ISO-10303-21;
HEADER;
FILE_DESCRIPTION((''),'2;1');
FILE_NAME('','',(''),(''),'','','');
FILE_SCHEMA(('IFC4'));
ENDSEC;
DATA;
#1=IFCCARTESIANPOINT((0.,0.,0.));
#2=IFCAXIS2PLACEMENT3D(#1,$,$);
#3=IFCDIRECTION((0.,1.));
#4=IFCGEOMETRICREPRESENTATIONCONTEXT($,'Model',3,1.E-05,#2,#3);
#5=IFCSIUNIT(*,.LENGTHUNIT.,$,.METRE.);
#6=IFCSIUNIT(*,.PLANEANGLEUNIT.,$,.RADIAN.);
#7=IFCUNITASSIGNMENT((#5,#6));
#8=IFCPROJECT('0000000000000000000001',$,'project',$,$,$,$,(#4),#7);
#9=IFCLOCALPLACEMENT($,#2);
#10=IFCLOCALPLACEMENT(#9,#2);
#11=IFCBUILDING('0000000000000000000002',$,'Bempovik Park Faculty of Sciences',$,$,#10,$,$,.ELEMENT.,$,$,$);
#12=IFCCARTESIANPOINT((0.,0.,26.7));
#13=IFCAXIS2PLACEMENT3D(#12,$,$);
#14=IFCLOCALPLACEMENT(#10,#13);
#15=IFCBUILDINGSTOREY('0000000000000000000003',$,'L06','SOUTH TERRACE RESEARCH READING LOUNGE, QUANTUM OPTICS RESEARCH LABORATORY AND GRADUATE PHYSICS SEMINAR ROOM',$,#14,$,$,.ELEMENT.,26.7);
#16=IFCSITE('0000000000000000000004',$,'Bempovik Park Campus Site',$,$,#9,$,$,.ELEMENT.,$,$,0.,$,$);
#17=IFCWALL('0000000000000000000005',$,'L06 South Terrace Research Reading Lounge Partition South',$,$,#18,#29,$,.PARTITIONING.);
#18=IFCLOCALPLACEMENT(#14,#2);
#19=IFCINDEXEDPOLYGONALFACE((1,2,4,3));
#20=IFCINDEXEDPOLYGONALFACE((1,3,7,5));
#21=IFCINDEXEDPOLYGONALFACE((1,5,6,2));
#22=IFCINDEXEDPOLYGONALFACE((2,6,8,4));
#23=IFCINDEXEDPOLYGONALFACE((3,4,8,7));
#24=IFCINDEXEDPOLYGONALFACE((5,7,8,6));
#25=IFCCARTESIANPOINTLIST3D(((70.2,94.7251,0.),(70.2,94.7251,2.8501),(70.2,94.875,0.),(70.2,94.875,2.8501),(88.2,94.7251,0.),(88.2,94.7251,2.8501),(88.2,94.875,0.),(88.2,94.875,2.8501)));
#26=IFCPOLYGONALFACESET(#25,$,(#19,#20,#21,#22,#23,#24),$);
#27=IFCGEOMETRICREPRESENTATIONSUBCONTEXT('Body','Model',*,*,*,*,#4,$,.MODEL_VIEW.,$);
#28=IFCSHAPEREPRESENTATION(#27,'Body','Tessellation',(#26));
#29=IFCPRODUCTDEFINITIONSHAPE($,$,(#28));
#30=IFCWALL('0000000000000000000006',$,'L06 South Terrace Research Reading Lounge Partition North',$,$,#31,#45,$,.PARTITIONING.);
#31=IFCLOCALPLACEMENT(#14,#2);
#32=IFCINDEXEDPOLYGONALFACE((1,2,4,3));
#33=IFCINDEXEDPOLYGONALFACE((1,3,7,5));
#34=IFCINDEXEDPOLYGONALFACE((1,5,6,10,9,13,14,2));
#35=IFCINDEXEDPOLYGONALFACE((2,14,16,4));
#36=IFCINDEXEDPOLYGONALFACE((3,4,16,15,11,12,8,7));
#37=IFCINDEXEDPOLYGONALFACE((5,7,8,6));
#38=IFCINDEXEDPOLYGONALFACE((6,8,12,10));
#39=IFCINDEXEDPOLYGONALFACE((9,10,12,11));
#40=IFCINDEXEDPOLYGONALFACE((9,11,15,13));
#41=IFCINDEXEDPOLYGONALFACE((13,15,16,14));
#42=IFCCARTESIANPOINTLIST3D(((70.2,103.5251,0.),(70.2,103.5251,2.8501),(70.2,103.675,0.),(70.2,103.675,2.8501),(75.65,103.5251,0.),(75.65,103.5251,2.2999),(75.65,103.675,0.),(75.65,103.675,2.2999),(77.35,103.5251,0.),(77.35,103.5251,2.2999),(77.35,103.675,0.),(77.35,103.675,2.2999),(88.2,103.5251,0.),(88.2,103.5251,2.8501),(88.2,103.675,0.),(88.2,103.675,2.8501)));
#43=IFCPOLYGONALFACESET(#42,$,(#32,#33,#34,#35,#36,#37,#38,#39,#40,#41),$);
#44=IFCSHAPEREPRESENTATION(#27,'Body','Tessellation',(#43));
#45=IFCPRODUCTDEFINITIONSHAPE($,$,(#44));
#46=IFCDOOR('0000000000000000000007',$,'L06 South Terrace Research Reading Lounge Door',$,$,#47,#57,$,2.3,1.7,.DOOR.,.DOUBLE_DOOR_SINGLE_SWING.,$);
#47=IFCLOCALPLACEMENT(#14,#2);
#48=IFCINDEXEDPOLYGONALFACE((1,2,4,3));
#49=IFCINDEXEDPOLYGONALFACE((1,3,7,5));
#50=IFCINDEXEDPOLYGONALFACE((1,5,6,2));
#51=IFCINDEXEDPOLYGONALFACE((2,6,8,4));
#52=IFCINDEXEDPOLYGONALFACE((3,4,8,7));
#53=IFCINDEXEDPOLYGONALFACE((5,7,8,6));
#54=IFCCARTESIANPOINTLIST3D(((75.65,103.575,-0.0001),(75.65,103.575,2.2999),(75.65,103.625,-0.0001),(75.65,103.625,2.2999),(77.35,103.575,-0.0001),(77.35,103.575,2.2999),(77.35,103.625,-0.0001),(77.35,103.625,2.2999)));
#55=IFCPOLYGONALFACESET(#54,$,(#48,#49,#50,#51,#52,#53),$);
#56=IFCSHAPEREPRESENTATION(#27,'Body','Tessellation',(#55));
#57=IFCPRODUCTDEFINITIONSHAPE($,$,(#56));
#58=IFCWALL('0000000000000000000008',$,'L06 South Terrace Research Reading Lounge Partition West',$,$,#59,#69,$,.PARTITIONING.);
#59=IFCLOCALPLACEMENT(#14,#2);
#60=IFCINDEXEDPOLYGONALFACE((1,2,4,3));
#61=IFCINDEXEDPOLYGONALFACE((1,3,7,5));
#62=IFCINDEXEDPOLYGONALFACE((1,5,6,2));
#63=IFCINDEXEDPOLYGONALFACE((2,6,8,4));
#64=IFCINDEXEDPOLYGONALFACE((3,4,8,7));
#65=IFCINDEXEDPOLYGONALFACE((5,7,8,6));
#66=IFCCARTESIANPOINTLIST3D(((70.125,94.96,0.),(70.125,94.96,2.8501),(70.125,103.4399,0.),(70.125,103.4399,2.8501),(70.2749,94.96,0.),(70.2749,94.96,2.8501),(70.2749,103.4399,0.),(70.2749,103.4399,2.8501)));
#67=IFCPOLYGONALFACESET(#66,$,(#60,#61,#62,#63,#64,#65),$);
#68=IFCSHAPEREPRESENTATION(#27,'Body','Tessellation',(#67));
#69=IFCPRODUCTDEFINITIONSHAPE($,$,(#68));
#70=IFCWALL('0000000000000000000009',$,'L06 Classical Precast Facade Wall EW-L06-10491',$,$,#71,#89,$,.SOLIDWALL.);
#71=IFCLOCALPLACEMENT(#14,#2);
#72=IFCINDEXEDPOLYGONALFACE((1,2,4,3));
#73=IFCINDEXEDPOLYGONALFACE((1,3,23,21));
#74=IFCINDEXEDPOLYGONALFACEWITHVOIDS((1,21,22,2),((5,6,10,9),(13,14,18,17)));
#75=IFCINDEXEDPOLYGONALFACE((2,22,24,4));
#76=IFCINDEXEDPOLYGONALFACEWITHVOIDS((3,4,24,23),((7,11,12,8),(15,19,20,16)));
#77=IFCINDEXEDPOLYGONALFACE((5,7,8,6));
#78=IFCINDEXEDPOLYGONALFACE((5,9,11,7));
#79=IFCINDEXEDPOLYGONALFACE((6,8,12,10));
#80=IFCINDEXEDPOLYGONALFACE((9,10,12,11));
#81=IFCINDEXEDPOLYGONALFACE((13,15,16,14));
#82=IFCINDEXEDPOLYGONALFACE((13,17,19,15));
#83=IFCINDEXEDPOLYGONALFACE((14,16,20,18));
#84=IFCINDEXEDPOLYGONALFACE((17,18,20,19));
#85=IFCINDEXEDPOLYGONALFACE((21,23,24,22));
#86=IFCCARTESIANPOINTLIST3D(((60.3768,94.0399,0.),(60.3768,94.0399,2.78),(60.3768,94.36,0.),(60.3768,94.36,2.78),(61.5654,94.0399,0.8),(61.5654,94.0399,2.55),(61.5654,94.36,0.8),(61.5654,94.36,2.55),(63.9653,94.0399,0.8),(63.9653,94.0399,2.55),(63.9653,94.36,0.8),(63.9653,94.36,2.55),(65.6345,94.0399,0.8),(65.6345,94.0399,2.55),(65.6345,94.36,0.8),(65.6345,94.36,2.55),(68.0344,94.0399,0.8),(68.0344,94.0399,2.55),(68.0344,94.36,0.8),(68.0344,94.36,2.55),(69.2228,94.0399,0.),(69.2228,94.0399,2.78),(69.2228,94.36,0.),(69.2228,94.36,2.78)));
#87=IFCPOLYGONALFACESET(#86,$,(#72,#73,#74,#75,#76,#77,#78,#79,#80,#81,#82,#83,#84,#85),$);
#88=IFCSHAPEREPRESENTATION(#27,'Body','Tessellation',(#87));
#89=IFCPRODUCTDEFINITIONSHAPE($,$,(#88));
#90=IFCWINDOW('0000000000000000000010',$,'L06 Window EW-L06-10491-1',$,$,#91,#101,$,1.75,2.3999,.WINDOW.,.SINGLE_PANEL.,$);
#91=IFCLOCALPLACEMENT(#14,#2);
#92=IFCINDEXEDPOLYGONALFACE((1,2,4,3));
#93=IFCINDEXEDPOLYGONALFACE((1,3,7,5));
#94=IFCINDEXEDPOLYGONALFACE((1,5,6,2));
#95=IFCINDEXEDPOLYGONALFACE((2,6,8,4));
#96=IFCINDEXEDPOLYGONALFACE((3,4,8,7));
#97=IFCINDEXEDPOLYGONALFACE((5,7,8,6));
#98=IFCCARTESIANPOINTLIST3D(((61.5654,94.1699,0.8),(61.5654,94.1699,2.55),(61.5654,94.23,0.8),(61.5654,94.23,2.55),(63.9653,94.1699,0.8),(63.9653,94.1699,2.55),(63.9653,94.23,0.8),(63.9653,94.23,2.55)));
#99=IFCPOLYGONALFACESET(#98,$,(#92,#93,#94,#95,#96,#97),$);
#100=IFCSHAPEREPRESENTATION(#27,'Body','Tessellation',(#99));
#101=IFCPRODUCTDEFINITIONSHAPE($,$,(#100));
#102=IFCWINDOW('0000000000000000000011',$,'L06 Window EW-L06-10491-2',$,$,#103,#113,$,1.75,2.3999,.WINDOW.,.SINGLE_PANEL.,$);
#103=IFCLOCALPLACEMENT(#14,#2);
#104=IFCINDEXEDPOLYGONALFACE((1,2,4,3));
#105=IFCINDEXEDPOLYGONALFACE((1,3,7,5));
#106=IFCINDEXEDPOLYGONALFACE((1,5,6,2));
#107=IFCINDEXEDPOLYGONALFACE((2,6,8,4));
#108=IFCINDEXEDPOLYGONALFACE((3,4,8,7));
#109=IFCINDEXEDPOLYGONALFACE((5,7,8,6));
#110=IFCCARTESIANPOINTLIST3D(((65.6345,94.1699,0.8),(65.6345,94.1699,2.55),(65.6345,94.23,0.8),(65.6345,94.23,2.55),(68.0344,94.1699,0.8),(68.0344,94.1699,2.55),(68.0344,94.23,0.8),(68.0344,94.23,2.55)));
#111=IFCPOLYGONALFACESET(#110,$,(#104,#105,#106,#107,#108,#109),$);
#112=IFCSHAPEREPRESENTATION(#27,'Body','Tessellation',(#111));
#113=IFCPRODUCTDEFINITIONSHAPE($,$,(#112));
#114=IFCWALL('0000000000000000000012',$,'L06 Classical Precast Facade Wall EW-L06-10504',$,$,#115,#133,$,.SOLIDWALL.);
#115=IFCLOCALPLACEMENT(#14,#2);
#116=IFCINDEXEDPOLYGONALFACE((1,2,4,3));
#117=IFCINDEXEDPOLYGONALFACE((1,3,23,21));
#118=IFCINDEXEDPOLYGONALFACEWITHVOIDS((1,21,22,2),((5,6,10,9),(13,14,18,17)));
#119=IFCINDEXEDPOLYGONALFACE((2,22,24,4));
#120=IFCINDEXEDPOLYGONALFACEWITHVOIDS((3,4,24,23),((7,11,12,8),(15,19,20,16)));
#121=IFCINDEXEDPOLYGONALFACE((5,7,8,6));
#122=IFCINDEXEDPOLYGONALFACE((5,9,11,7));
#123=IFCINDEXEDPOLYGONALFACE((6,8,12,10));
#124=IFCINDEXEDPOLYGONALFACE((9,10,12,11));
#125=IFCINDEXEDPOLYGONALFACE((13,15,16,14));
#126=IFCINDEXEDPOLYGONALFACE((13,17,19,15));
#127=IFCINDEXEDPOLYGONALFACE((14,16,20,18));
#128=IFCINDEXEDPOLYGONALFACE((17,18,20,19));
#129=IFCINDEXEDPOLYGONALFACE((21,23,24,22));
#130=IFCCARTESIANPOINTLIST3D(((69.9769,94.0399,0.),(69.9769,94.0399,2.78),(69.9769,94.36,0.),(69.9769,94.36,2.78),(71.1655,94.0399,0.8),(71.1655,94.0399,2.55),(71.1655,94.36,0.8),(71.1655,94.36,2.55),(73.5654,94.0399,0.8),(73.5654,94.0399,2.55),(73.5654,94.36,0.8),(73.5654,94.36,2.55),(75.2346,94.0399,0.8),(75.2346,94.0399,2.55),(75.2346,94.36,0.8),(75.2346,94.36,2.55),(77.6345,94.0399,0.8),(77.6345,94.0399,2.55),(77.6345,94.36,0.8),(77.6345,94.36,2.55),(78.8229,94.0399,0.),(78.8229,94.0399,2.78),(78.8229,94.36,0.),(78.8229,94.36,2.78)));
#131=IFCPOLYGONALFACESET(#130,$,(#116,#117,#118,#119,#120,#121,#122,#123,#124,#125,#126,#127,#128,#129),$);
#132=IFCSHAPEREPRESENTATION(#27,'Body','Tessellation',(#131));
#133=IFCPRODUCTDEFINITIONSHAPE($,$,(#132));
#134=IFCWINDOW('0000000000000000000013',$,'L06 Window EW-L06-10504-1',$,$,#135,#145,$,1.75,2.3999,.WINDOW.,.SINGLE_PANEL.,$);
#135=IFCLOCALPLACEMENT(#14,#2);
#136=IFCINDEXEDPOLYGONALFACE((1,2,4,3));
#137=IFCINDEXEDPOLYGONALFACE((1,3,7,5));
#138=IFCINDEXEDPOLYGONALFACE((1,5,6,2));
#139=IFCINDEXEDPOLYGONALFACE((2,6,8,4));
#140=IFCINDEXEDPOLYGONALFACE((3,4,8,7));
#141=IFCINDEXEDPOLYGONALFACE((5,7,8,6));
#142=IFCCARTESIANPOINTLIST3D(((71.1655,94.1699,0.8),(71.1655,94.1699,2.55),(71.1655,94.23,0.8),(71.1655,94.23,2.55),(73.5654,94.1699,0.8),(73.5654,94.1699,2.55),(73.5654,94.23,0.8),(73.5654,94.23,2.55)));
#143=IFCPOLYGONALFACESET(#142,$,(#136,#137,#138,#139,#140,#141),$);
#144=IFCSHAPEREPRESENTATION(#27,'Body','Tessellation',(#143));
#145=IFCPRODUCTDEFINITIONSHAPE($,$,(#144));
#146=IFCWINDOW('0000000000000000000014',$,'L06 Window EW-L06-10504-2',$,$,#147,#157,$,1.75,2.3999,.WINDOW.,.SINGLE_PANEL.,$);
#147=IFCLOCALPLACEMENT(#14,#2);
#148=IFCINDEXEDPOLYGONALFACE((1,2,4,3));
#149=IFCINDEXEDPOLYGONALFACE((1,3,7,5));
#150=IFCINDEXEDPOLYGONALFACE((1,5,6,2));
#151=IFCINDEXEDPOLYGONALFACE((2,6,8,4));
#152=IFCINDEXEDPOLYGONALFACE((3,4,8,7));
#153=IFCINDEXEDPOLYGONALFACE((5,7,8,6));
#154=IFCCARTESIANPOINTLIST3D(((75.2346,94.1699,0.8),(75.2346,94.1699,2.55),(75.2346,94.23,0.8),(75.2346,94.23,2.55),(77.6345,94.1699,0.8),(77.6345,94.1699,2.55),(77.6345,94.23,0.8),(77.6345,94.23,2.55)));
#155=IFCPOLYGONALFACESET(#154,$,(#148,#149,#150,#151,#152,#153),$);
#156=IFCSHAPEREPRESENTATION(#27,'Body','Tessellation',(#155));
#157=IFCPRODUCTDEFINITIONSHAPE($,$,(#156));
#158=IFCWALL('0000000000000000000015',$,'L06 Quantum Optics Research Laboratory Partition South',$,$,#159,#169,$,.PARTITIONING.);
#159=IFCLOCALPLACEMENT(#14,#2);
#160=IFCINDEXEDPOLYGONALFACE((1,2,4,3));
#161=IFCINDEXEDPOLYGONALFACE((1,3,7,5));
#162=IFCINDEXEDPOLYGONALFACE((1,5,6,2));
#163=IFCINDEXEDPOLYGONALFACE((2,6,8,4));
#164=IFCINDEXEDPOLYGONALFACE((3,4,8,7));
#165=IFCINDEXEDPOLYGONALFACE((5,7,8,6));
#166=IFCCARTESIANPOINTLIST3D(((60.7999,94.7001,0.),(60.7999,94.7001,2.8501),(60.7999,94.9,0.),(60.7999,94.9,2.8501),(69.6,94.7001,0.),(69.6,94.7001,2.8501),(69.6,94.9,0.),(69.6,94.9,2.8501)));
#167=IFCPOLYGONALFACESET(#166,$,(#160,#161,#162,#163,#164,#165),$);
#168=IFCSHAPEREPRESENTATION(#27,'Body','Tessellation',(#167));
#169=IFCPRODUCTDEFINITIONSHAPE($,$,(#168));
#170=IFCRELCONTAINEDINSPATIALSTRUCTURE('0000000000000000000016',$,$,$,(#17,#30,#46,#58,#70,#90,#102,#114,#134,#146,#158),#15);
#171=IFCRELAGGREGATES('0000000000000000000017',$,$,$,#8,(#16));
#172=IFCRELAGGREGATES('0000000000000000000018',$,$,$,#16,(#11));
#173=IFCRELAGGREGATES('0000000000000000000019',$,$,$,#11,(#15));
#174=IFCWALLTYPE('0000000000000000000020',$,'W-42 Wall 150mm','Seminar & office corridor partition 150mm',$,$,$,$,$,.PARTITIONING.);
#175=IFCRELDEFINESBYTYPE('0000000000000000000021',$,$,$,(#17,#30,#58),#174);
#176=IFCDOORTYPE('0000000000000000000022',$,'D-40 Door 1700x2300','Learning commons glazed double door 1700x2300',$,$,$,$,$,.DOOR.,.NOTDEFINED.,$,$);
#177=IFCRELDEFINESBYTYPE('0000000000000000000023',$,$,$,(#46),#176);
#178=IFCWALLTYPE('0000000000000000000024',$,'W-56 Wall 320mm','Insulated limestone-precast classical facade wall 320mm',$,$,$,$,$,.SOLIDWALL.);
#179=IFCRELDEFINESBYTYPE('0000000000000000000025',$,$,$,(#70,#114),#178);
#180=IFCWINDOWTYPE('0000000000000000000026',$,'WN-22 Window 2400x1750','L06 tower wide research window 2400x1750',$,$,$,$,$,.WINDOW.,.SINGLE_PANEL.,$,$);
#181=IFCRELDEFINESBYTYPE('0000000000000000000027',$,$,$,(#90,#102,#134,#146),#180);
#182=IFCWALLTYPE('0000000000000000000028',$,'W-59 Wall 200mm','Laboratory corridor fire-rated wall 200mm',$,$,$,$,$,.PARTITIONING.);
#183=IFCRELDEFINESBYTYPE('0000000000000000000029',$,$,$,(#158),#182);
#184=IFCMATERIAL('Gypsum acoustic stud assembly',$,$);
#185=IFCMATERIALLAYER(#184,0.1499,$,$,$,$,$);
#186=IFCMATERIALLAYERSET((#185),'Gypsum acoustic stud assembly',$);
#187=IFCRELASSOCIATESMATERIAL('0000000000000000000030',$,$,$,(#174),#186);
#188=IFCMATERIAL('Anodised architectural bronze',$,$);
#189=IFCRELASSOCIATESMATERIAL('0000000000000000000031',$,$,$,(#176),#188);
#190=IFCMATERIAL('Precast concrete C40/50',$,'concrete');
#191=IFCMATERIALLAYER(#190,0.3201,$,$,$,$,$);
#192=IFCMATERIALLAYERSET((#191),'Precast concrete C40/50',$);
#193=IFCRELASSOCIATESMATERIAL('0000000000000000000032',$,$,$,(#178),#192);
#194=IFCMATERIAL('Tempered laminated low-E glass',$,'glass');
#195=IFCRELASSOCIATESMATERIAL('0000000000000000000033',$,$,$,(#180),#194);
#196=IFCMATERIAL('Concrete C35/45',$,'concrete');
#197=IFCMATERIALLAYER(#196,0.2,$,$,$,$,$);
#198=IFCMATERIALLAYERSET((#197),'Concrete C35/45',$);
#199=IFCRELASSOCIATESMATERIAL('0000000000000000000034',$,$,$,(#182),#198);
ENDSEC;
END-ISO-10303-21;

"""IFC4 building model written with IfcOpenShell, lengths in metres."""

from ifc_helpers import new_model, si_unit, direction, frame, frame_2d, origin, place, context, subcontext, project, spatial, rectangle, extrude, material, layer, layer_set, type_object, element, fill, save


model = new_model("IFC4")

# Units and contexts
model_context = context("Model", 3, precision=1e-05, world=origin(), true_north=direction((0.0, 1.0)))
body_context = subcontext(model_context, "Body", "Model", "MODEL_VIEW")
ifc_project = project(units=[si_unit("LENGTHUNIT", "METRE"), si_unit("PLANEANGLEUNIT", "RADIAN")], contexts=[model_context])

# Site, building, storey
site_placement = place(None, origin())
site = spatial("IfcSite", under=ifc_project, at=site_placement, Name="Bempovik Park Campus Site", CompositionType="ELEMENT", RefElevation=0.0)
building_placement = place(site_placement, origin())
building = spatial("IfcBuilding", under=site, at=building_placement, Name="Bempovik Park Faculty of Sciences", CompositionType="ELEMENT")
storey_placement = place(building_placement, frame((0.0, 0.0, 26.7)))
storey = spatial("IfcBuildingStorey", under=building, at=storey_placement, Name="L06", Description="SOUTH TERRACE RESEARCH READING LOUNGE, QUANTUM OPTICS RESEARCH LABORATORY AND GRADUATE PHYSICS SEMINAR ROOM", CompositionType="ELEMENT", Elevation=26.7)

# Shared definitions
ifc_material_1 = material(Name="Concrete C35/45", Category="concrete")

# Wall
ifc_material_2 = material(Name="Gypsum acoustic stud assembly")
ifc_layer_1 = layer(ifc_material_2, 0.1499)
ifc_layer_set_1 = layer_set([ifc_layer_1], Name="Gypsum acoustic stud assembly")
wall_type_1 = type_object("IfcWallType", Name="W-42 Wall 150mm", Description="Seminar & office corridor partition 150mm", PredefinedType="PARTITIONING", material=ifc_layer_set_1)
wall_1_placement = place(storey_placement, frame((70.2, 94.8, 0.0), z_axis=(0.0, 0.0, 1.0), x_axis=(1.0, 0.0, 0.0)))
element("IfcWall", 1, at=wall_1_placement, inside=storey, type_object=wall_type_1, Name="L06 South Terrace Research Reading Lounge Partition South", PredefinedType="PARTITIONING", context=body_context, shape_type="SweptSolid", body=[
    extrude(rectangle(XDim=18.0, YDim=0.1499, at=frame_2d((9.0, 0.0))), origin(), (0.0, 0.0, 1.0), 2.8501),
])

# Wall, opening, door
wall_2_placement = place(storey_placement, frame((70.2, 103.6001, 0.0), z_axis=(0.0, 0.0, 1.0), x_axis=(1.0, 0.0, 0.0)))
wall_2 = element("IfcWall", 2, at=wall_2_placement, inside=storey, type_object=wall_type_1, Name="L06 South Terrace Research Reading Lounge Partition North", PredefinedType="PARTITIONING", context=body_context, shape_type="SweptSolid", body=[
    extrude(rectangle(XDim=18.0, YDim=0.1499, at=frame_2d((9.0, 0.0))), origin(), (0.0, 0.0, 1.0), 2.8501),
])
opening_1_placement = place(wall_2_placement, frame((5.45, 0.0, 0.0)))
opening_1 = element("IfcOpeningElement", 3, at=opening_1_placement, cuts=wall_2, PredefinedType="OPENING", context=body_context, shape_type="SweptSolid", body=[
    extrude(rectangle(XDim=1.7, YDim=2.3, at=frame_2d((0.8501, 1.1499))), frame((0.0, 0.085, 0.0), z_axis=(0.0, -1.0, 0.0), x_axis=(1.0, 0.0, 0.0)), (0.0, 0.0, 1.0), 0.1699),
])
ifc_material_3 = material(Name="Anodised architectural bronze")
door_type_1 = type_object("IfcDoorType", Name="D-40 Door 1700x2300", Description="Learning commons glazed double door 1700x2300", OperationType="NOTDEFINED", PredefinedType="DOOR", material=ifc_material_3)
door_1_placement = place(opening_1_placement, origin())
door_1 = element("IfcDoor", 4, at=door_1_placement, inside=storey, type_object=door_type_1, Name="L06 South Terrace Research Reading Lounge Door", OperationType="DOUBLE_DOOR_SINGLE_SWING", OverallHeight=2.3, OverallWidth=1.7, PredefinedType="DOOR", context=body_context, shape_type="SweptSolid", body=[
    extrude(rectangle(XDim=1.7, YDim=2.3, at=frame_2d((0.8501, 1.1499))), frame((0.0, 0.0249, 0.0), z_axis=(0.0, -1.0, 0.0), x_axis=(1.0, 0.0, 0.0)), (0.0, 0.0, 1.0), 0.05),
])
fill(opening_1, door_1)

# Wall
wall_3_placement = place(storey_placement, frame((70.2, 94.96, 0.0), z_axis=(0.0, 0.0, 1.0), x_axis=(0.0, 1.0, 0.0)))
element("IfcWall", 5, at=wall_3_placement, inside=storey, type_object=wall_type_1, Name="L06 South Terrace Research Reading Lounge Partition West", PredefinedType="PARTITIONING", context=body_context, shape_type="SweptSolid", body=[
    extrude(rectangle(XDim=8.48, YDim=0.1499, at=frame_2d((4.24, 0.0))), origin(), (0.0, 0.0, 1.0), 2.8501),
])

# Walls, openings, windows
ifc_material_4 = material(Name="Precast concrete C40/50", Category="concrete")
ifc_layer_2 = layer(ifc_material_4, 0.3201)
ifc_layer_set_2 = layer_set([ifc_layer_2], Name="Precast concrete C40/50")
wall_type_2 = type_object("IfcWallType", Name="W-56 Wall 320mm", Description="Insulated limestone-precast classical facade wall 320mm", PredefinedType="SOLIDWALL", material=ifc_layer_set_2)
wall_4_placement = place(storey_placement, frame((60.377, 94.2, 0.0), z_axis=(0.0, 0.0, 1.0), x_axis=(1.0, 0.0, 0.0)))
wall_4 = element("IfcWall", 6, at=wall_4_placement, inside=storey, type_object=wall_type_2, Name="L06 Classical Precast Facade Wall EW-L06-10491", PredefinedType="SOLIDWALL", context=body_context, shape_type="SweptSolid", body=[
    extrude(rectangle(XDim=8.8459, YDim=0.3201, at=frame_2d((4.4229, 0.0))), origin(), (0.0, 0.0, 1.0), 2.78),
])
opening_2_placement = place(wall_4_placement, frame((1.1885, 0.0, 0.8)))
opening_2 = element("IfcOpeningElement", 7, at=opening_2_placement, cuts=wall_4, PredefinedType="OPENING", context=body_context, shape_type="SweptSolid", body=[
    extrude(rectangle(XDim=2.3999, YDim=1.75, at=frame_2d((1.2, 0.875))), frame((0.0, 0.1699, 0.0), z_axis=(0.0, -1.0, 0.0), x_axis=(1.0, 0.0, 0.0)), (0.0, 0.0, 1.0), 0.3401),
])
opening_3_placement = place(wall_4_placement, frame((5.2576, 0.0, 0.8)))
opening_3 = element("IfcOpeningElement", 8, at=opening_3_placement, cuts=wall_4, PredefinedType="OPENING", context=body_context, shape_type="SweptSolid", body=[
    extrude(rectangle(XDim=2.3999, YDim=1.75, at=frame_2d((1.2, 0.875))), frame((0.0, 0.1699, 0.0), z_axis=(0.0, -1.0, 0.0), x_axis=(1.0, 0.0, 0.0)), (0.0, 0.0, 1.0), 0.3401),
])
ifc_material_5 = material(Name="Tempered laminated low-E glass", Category="glass")
window_type = type_object("IfcWindowType", Name="WN-22 Window 2400x1750", Description="L06 tower wide research window 2400x1750", PartitioningType="SINGLE_PANEL", PredefinedType="WINDOW", material=ifc_material_5)
window_1_placement = place(opening_2_placement, origin())
window_1 = element("IfcWindow", 9, at=window_1_placement, inside=storey, type_object=window_type, Name="L06 Window EW-L06-10491-1", OverallHeight=1.75, OverallWidth=2.3999, PartitioningType="SINGLE_PANEL", PredefinedType="WINDOW", context=body_context, shape_type="SweptSolid", body=[
    extrude(rectangle(XDim=2.3999, YDim=1.75, at=frame_2d((1.2, 0.875))), frame((0.0, 0.03, 0.0), z_axis=(0.0, -1.0, 0.0), x_axis=(1.0, 0.0, 0.0)), (0.0, 0.0, 1.0), 0.0601),
])
fill(opening_2, window_1)
window_2_placement = place(opening_3_placement, origin())
window_2 = element("IfcWindow", 10, at=window_2_placement, inside=storey, type_object=window_type, Name="L06 Window EW-L06-10491-2", OverallHeight=1.75, OverallWidth=2.3999, PartitioningType="SINGLE_PANEL", PredefinedType="WINDOW", context=body_context, shape_type="SweptSolid", body=[
    extrude(rectangle(XDim=2.3999, YDim=1.75, at=frame_2d((1.2, 0.875))), frame((0.0, 0.03, 0.0), z_axis=(0.0, -1.0, 0.0), x_axis=(1.0, 0.0, 0.0)), (0.0, 0.0, 1.0), 0.0601),
])
fill(opening_3, window_2)
wall_5_placement = place(storey_placement, frame((69.9771, 94.2, 0.0), z_axis=(0.0, 0.0, 1.0), x_axis=(1.0, 0.0, 0.0)))
wall_5 = element("IfcWall", 11, at=wall_5_placement, inside=storey, type_object=wall_type_2, Name="L06 Classical Precast Facade Wall EW-L06-10504", PredefinedType="SOLIDWALL", context=body_context, shape_type="SweptSolid", body=[
    extrude(rectangle(XDim=8.8459, YDim=0.3201, at=frame_2d((4.4229, 0.0))), origin(), (0.0, 0.0, 1.0), 2.78),
])
opening_4_placement = place(wall_5_placement, frame((1.1885, 0.0, 0.8)))
opening_4 = element("IfcOpeningElement", 12, at=opening_4_placement, cuts=wall_5, PredefinedType="OPENING", context=body_context, shape_type="SweptSolid", body=[
    extrude(rectangle(XDim=2.3999, YDim=1.75, at=frame_2d((1.2, 0.875))), frame((0.0, 0.1699, 0.0), z_axis=(0.0, -1.0, 0.0), x_axis=(1.0, 0.0, 0.0)), (0.0, 0.0, 1.0), 0.3401),
])
opening_5_placement = place(wall_5_placement, frame((5.2576, 0.0, 0.8)))
opening_5 = element("IfcOpeningElement", 13, at=opening_5_placement, cuts=wall_5, PredefinedType="OPENING", context=body_context, shape_type="SweptSolid", body=[
    extrude(rectangle(XDim=2.3999, YDim=1.75, at=frame_2d((1.2, 0.875))), frame((0.0, 0.1699, 0.0), z_axis=(0.0, -1.0, 0.0), x_axis=(1.0, 0.0, 0.0)), (0.0, 0.0, 1.0), 0.3401),
])
window_3_placement = place(opening_4_placement, origin())
window_3 = element("IfcWindow", 14, at=window_3_placement, inside=storey, type_object=window_type, Name="L06 Window EW-L06-10504-1", OverallHeight=1.75, OverallWidth=2.3999, PartitioningType="SINGLE_PANEL", PredefinedType="WINDOW", context=body_context, shape_type="SweptSolid", body=[
    extrude(rectangle(XDim=2.3999, YDim=1.75, at=frame_2d((1.2, 0.875))), frame((0.0, 0.03, 0.0), z_axis=(0.0, -1.0, 0.0), x_axis=(1.0, 0.0, 0.0)), (0.0, 0.0, 1.0), 0.0601),
])
fill(opening_4, window_3)
window_4_placement = place(opening_5_placement, origin())
window_4 = element("IfcWindow", 15, at=window_4_placement, inside=storey, type_object=window_type, Name="L06 Window EW-L06-10504-2", OverallHeight=1.75, OverallWidth=2.3999, PartitioningType="SINGLE_PANEL", PredefinedType="WINDOW", context=body_context, shape_type="SweptSolid", body=[
    extrude(rectangle(XDim=2.3999, YDim=1.75, at=frame_2d((1.2, 0.875))), frame((0.0, 0.03, 0.0), z_axis=(0.0, -1.0, 0.0), x_axis=(1.0, 0.0, 0.0)), (0.0, 0.0, 1.0), 0.0601),
])
fill(opening_5, window_4)

# Wall
ifc_layer_3 = layer(ifc_material_1, 0.2)
ifc_layer_set_3 = layer_set([ifc_layer_3], Name="Concrete C35/45")
wall_type_3 = type_object("IfcWallType", Name="W-59 Wall 200mm", Description="Laboratory corridor fire-rated wall 200mm", PredefinedType="PARTITIONING", material=ifc_layer_set_3)
wall_6_placement = place(storey_placement, frame((60.8, 94.8, 0.0), z_axis=(0.0, 0.0, 1.0), x_axis=(1.0, 0.0, 0.0)))
element("IfcWall", 16, at=wall_6_placement, inside=storey, type_object=wall_type_3, Name="L06 Quantum Optics Research Laboratory Partition South", PredefinedType="PARTITIONING", context=body_context, shape_type="SweptSolid", body=[
    extrude(rectangle(XDim=8.8, YDim=0.2, at=frame_2d((4.3999, 0.0))), origin(), (0.0, 0.0, 1.0), 2.8501),
])

save(model, "model.ifc")
